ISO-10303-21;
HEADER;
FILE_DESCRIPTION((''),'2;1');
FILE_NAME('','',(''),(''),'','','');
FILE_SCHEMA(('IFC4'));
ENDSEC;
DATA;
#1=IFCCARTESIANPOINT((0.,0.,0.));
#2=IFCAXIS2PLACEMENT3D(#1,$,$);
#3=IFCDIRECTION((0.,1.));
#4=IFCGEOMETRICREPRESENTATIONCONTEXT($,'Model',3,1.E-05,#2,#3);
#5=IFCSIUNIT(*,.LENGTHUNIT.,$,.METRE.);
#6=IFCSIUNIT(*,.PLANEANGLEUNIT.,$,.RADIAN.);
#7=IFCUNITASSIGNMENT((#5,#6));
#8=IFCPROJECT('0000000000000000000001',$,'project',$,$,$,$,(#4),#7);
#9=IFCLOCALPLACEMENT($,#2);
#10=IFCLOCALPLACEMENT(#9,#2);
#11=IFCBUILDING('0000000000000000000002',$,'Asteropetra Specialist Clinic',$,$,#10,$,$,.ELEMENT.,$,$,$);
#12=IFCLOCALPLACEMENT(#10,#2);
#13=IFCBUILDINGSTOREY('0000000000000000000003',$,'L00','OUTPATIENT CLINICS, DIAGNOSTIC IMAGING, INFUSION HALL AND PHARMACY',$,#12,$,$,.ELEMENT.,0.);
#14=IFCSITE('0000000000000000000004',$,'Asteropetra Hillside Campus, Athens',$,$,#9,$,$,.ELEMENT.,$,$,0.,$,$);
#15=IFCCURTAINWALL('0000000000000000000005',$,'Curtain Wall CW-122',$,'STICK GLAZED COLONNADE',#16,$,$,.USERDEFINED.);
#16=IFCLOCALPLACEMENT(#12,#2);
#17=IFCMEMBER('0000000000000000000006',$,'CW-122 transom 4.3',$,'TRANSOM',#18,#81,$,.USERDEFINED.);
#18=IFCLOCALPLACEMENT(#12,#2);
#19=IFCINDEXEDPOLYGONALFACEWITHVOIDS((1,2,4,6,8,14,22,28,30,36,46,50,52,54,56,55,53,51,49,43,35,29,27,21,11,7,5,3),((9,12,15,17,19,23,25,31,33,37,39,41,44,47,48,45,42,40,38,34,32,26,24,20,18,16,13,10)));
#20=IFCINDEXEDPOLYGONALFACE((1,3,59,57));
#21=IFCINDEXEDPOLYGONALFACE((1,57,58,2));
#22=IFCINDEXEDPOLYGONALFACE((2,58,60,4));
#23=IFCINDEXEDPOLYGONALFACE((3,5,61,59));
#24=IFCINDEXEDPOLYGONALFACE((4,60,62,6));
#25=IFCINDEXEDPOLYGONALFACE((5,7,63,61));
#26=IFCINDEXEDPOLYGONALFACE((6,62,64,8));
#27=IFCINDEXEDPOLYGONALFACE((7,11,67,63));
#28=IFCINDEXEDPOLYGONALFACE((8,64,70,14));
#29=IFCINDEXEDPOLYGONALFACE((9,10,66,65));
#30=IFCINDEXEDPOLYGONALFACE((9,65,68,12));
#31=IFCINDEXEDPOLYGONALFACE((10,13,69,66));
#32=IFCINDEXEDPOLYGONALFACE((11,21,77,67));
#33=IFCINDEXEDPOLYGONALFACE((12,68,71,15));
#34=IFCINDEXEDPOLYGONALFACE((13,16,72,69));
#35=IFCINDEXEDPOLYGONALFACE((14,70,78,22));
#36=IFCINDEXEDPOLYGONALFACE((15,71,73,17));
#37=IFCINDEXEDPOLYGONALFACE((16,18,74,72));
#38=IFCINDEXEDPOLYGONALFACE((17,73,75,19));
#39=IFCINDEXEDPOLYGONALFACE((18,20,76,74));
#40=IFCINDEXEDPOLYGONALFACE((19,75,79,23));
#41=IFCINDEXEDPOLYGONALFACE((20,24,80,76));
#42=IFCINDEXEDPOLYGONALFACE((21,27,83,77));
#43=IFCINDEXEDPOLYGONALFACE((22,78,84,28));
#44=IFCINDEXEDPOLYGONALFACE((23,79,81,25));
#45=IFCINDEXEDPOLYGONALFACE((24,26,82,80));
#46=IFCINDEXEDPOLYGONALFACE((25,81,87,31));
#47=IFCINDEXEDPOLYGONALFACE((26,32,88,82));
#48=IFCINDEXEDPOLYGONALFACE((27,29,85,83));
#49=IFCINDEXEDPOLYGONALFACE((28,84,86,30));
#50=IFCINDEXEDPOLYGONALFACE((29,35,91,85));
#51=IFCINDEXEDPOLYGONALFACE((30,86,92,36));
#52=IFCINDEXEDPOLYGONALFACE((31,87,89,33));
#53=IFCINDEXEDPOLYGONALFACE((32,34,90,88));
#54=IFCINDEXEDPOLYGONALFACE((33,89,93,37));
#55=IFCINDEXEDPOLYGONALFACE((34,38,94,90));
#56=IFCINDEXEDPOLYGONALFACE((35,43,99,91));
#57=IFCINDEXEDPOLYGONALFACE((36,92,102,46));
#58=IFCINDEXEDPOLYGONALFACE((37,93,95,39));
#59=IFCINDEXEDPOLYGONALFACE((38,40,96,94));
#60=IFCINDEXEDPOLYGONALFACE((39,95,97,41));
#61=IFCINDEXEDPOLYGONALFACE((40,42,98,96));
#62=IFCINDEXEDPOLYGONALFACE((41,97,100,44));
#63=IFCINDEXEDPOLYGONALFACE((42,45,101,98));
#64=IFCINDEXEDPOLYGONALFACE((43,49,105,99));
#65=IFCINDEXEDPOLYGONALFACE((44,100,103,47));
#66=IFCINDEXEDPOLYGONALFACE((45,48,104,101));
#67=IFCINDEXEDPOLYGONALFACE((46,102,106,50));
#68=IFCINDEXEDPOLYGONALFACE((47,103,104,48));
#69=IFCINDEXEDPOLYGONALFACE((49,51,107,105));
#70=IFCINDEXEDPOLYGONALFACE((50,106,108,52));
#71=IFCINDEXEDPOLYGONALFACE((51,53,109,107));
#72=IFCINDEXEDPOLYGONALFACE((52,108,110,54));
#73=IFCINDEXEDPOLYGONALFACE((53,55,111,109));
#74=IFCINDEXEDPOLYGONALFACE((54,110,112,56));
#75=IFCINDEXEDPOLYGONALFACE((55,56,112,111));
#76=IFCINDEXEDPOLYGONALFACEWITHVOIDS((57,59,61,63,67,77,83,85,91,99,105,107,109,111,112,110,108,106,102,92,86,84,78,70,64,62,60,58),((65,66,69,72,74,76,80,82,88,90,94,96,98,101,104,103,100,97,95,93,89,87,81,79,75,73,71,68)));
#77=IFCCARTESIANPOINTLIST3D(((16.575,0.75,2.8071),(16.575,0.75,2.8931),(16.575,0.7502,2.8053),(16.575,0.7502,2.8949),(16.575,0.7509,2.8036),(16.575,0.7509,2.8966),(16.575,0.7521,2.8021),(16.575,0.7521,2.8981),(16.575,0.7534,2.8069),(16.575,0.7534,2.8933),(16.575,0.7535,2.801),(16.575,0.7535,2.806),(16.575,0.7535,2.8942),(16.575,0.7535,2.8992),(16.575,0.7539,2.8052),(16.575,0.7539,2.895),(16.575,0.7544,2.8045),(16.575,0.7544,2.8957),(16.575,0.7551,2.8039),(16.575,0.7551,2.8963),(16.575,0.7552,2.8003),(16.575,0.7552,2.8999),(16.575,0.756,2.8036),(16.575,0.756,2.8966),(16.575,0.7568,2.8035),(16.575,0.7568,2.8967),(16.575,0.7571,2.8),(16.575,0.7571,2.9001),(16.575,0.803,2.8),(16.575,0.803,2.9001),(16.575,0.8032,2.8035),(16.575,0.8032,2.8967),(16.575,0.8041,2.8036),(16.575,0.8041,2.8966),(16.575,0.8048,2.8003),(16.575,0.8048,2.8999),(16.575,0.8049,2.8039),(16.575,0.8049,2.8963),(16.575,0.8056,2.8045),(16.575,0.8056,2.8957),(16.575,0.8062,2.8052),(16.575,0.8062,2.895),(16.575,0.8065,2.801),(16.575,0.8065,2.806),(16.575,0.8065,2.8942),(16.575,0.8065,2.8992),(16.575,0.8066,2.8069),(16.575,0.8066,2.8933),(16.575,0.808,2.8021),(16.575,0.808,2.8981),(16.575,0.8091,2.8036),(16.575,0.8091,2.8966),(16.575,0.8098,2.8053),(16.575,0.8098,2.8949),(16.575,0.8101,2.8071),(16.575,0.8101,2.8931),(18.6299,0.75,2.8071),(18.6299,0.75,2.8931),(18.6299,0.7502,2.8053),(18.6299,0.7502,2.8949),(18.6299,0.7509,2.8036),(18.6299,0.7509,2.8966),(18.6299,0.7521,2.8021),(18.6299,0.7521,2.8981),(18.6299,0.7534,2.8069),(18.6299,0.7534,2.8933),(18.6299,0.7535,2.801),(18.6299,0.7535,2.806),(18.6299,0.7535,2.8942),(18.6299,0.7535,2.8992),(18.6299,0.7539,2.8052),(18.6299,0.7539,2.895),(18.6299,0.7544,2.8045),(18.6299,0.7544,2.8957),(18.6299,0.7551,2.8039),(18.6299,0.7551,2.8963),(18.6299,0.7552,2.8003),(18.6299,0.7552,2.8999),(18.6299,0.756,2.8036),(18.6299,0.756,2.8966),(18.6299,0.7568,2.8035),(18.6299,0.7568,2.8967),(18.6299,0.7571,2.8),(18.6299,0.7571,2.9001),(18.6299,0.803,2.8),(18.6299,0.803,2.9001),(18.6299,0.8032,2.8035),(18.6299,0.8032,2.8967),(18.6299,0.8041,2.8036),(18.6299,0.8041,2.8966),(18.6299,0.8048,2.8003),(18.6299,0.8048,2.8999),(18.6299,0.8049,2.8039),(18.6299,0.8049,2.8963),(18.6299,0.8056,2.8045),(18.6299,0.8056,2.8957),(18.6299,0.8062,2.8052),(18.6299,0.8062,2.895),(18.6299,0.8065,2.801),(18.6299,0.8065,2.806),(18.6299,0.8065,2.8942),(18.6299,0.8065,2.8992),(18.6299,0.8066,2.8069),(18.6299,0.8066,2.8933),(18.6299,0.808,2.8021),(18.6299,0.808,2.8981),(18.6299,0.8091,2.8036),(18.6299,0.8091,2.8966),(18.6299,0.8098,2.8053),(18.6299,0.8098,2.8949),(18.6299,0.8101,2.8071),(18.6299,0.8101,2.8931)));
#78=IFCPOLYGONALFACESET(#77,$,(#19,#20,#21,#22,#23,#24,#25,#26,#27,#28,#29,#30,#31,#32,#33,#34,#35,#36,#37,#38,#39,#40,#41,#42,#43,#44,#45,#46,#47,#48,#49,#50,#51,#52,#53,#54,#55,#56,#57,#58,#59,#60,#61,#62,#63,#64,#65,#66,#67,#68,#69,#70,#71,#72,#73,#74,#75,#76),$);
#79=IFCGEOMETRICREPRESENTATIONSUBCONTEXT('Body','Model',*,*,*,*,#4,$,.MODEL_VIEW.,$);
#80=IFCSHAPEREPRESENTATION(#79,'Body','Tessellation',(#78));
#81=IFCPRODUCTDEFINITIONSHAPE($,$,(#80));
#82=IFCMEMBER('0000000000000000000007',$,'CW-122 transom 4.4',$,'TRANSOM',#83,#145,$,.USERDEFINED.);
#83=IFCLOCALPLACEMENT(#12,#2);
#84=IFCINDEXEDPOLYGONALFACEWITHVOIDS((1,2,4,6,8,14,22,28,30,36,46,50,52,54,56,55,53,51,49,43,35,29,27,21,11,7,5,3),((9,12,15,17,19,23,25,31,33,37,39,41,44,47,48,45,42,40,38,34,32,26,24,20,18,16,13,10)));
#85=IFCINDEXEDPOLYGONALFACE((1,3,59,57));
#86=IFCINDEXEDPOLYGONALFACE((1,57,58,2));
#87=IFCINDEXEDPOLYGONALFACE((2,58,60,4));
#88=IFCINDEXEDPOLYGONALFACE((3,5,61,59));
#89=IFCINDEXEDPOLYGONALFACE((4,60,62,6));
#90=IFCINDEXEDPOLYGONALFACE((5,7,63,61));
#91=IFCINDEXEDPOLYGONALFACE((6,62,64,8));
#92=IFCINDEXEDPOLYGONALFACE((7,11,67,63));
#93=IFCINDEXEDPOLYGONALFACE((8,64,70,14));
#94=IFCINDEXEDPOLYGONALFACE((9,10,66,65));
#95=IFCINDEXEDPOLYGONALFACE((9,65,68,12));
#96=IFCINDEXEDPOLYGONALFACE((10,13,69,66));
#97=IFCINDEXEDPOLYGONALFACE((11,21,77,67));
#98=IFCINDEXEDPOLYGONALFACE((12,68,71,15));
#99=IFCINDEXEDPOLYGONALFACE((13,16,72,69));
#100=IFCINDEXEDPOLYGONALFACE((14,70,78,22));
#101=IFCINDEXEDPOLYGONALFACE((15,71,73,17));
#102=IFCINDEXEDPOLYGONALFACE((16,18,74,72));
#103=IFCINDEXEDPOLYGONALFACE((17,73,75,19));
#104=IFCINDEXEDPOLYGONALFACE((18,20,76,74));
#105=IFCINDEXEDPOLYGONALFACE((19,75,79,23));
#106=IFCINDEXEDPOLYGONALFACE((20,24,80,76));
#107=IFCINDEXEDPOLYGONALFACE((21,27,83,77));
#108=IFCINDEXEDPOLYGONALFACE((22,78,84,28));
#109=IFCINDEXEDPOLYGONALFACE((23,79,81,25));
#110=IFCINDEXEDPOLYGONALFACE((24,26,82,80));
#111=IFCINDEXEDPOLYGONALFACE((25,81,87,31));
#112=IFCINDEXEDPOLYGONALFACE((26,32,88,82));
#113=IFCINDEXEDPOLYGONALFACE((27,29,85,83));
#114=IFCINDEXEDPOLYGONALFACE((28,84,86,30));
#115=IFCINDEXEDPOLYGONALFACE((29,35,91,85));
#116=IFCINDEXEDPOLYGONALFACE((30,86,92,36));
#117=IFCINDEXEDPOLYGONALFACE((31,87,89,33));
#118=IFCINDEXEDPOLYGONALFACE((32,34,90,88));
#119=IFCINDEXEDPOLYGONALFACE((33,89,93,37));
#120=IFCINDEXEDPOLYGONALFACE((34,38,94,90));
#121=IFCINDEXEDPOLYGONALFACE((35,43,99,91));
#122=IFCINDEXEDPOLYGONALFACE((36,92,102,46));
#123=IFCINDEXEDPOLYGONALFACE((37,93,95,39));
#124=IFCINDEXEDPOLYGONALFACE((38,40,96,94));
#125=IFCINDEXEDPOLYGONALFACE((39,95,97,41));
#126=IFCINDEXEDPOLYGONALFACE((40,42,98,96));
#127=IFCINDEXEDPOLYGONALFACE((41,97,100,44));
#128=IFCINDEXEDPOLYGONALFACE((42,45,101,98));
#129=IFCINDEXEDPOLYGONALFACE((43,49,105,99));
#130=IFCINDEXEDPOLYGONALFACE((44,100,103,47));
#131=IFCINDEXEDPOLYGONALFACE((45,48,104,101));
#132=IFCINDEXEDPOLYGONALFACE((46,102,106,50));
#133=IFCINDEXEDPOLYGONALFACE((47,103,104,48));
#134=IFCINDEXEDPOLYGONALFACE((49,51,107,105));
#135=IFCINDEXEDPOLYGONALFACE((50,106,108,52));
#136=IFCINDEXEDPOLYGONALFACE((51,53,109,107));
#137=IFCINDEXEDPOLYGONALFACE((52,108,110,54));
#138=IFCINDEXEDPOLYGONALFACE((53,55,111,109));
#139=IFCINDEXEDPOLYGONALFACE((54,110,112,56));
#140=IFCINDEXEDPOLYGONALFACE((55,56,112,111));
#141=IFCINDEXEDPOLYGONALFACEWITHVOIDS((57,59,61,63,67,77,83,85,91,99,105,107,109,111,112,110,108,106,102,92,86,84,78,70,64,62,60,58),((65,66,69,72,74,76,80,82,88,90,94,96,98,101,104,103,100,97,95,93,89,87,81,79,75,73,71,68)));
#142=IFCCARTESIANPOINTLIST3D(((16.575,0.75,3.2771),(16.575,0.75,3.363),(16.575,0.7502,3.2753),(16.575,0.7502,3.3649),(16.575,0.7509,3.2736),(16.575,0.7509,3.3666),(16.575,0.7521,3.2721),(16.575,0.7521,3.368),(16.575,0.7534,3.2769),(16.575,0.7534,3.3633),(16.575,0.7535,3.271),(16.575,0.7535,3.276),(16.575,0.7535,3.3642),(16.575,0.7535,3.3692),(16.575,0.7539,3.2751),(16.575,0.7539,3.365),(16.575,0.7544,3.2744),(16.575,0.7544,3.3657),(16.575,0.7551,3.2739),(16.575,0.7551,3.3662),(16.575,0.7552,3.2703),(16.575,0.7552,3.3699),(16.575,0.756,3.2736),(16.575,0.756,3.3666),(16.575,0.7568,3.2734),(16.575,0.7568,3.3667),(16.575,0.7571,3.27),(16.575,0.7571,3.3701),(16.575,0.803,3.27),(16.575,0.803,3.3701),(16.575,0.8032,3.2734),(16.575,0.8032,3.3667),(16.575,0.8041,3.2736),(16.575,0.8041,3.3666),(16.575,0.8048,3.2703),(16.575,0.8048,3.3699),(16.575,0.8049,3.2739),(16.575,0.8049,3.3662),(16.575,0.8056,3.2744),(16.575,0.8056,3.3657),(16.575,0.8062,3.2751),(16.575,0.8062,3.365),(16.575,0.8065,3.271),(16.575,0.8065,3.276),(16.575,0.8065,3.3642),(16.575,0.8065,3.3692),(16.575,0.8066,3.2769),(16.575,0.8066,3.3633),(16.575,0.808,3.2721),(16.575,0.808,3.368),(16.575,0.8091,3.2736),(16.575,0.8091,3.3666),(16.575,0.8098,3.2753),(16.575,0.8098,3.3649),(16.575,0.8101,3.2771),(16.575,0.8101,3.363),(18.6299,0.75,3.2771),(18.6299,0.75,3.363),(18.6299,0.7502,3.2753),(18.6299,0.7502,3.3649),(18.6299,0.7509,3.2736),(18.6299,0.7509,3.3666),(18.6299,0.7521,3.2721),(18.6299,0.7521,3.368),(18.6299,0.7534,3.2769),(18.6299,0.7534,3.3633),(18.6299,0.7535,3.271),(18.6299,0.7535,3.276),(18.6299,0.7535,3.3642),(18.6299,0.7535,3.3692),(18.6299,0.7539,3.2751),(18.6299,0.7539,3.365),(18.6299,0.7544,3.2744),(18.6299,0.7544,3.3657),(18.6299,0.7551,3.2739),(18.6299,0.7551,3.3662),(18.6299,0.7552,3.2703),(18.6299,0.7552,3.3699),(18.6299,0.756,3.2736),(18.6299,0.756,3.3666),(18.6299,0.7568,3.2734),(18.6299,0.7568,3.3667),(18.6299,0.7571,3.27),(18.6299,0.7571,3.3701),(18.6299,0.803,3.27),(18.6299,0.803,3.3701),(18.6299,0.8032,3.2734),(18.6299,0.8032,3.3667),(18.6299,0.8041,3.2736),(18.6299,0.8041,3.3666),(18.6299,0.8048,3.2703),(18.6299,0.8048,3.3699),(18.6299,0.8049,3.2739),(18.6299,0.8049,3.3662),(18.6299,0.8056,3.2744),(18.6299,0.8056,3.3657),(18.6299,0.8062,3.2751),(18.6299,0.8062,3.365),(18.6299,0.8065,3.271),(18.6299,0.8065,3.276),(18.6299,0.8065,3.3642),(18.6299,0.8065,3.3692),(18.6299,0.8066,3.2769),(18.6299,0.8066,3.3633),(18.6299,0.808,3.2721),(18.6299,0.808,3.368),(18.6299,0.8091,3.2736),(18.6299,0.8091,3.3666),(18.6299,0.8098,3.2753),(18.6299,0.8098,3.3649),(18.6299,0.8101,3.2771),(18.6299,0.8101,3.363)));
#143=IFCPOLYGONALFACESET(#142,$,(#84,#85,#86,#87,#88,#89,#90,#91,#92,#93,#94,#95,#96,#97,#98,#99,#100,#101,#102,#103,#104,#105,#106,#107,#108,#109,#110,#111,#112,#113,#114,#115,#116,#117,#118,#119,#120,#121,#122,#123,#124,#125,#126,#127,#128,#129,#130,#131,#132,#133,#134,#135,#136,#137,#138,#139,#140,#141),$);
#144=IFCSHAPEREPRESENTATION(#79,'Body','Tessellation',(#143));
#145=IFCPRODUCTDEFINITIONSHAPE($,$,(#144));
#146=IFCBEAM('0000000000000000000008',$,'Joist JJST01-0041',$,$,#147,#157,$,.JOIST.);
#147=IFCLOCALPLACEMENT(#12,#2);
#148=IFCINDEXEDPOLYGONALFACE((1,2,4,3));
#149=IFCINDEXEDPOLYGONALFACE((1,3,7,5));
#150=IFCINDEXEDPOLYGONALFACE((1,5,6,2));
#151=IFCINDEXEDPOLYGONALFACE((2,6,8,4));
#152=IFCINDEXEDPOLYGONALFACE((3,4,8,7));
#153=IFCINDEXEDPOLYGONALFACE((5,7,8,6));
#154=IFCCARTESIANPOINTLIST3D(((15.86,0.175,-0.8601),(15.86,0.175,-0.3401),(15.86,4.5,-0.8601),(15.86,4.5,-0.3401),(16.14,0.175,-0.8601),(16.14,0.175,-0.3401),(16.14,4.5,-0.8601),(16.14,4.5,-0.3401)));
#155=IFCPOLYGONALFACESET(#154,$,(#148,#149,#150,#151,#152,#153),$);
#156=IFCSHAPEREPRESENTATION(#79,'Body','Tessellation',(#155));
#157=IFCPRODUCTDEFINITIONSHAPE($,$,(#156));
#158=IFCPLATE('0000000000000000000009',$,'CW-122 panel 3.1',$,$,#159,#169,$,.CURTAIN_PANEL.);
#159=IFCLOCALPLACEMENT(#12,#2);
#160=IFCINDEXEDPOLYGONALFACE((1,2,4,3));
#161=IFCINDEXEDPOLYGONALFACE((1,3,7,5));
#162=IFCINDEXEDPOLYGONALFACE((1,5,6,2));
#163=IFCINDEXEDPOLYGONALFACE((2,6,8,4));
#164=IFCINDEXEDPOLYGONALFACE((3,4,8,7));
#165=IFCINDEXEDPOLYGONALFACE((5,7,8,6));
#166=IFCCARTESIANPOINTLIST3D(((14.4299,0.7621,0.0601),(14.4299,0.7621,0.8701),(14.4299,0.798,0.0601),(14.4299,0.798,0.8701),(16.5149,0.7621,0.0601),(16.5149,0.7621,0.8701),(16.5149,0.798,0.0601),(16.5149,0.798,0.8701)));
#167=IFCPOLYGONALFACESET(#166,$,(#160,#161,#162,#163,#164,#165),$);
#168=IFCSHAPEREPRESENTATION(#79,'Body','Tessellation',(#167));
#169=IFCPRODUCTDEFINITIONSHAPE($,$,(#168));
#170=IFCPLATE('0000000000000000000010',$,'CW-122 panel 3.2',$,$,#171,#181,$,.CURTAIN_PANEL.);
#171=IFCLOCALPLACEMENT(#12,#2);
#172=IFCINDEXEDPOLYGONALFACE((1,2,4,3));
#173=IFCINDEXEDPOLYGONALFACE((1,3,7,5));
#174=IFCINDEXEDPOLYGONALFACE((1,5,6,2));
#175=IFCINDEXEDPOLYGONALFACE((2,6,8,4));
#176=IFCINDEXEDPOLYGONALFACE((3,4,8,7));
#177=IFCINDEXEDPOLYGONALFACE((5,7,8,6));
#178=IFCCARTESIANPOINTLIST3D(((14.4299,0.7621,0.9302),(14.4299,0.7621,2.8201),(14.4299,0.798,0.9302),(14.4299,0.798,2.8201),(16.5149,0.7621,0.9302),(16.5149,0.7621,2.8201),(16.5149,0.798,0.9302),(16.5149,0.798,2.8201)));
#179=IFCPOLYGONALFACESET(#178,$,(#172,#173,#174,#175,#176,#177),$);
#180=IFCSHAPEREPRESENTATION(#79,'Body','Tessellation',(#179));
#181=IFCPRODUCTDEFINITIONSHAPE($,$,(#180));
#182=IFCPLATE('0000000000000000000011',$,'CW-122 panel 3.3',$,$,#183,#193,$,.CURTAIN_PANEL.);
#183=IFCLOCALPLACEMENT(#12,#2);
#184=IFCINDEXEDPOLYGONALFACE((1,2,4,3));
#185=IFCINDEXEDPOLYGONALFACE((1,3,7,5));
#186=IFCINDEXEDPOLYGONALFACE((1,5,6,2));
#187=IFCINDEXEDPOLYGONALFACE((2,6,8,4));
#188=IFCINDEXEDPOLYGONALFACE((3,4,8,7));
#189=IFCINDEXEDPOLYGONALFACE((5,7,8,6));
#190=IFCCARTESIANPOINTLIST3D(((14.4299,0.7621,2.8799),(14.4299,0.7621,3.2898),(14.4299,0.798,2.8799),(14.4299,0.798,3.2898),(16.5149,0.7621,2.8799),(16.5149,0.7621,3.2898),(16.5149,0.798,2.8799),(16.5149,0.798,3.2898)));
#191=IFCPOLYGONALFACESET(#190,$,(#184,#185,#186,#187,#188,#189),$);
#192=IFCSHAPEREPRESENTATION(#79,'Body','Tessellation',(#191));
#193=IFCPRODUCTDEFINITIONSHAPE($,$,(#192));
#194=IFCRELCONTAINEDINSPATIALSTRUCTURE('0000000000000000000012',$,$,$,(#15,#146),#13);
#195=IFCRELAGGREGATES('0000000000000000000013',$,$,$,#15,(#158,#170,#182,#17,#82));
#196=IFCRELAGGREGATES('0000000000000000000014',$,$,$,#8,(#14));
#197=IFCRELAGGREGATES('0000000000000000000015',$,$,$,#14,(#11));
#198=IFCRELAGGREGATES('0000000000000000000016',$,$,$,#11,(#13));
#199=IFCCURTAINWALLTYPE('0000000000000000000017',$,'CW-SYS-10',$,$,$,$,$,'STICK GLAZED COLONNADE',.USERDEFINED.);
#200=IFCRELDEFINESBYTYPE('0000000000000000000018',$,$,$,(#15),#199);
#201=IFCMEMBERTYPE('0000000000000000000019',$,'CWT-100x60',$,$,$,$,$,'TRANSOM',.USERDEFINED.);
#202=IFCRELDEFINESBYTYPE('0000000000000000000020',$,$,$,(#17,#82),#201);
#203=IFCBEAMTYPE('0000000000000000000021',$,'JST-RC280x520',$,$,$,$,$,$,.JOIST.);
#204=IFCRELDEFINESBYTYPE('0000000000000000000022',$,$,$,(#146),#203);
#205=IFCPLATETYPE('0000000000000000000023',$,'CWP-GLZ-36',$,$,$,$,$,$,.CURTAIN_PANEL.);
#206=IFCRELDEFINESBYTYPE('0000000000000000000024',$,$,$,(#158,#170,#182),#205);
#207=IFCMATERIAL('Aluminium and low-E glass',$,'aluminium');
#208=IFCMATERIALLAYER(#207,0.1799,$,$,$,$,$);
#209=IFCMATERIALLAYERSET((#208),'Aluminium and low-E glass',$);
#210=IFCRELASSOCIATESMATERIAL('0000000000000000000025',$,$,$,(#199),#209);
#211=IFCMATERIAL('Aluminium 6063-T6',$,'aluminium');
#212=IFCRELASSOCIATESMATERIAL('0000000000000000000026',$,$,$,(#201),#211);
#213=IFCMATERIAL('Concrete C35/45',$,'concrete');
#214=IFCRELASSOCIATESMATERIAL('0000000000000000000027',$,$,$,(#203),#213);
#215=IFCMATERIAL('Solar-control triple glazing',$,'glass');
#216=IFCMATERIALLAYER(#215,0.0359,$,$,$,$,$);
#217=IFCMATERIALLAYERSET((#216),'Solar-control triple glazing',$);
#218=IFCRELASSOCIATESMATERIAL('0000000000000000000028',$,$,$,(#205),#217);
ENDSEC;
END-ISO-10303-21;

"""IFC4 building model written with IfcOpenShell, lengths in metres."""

from ifc_helpers import new_model, si_unit, direction, frame, origin, origin_2d, place, context, subcontext, project, spatial, rectangle, hollow_rectangle, extrude, material, layer, layer_set, material_profile, profile_set, type_object, element, aggregate, save


model = new_model("IFC4")

# Units and contexts
model_context = context("Model", 3, precision=1e-05, world=origin(), true_north=direction((0.0, 1.0)))
body_context = subcontext(model_context, "Body", "Model", "MODEL_VIEW")
ifc_project = project(units=[si_unit("LENGTHUNIT", "METRE"), si_unit("PLANEANGLEUNIT", "RADIAN")], contexts=[model_context])

# Site, building, storey
site_placement = place(None, origin())
site = spatial("IfcSite", under=ifc_project, at=site_placement, Name="Asteropetra Hillside Campus, Athens", CompositionType="ELEMENT", RefElevation=0.0)
building_placement = place(site_placement, origin())
building = spatial("IfcBuilding", under=site, at=building_placement, Name="Asteropetra Specialist Clinic", CompositionType="ELEMENT")
storey_placement = place(building_placement, origin())
storey = spatial("IfcBuildingStorey", under=building, at=storey_placement, Name="L00", Description="OUTPATIENT CLINICS, DIAGNOSTIC IMAGING, INFUSION HALL AND PHARMACY", CompositionType="ELEMENT", Elevation=0.0)

# Curtain wall, members
ifc_material_1 = material(Name="Aluminium and low-E glass", Category="aluminium")
ifc_layer_1 = layer(ifc_material_1, 0.1799)
ifc_layer_set_1 = layer_set([ifc_layer_1], Name="Aluminium and low-E glass")
curtain_wall_type = type_object("IfcCurtainWallType", Name="CW-SYS-10", ElementType="STICK GLAZED COLONNADE", PredefinedType="USERDEFINED", material=ifc_layer_set_1)
curtain_wall_placement = place(storey_placement, origin())
curtain_wall = element("IfcCurtainWall", 1, at=curtain_wall_placement, inside=storey, type_object=curtain_wall_type, Name="Curtain Wall CW-122", ObjectType="STICK GLAZED COLONNADE", PredefinedType="USERDEFINED")
ifc_material_2 = material(Name="Aluminium 6063-T6", Category="aluminium")
ifc_material_profile_1 = material_profile(ifc_material_2, hollow_rectangle(XDim=0.0601, YDim=0.1001, WallThickness=0.0034, InnerFilletRadius=0.0034, OuterFilletRadius=0.0071, at=origin_2d()), Name="TRN 100x60x3.5")
ifc_profile_set_1 = profile_set([ifc_material_profile_1], Name="Aluminium 6063-T6")
member_type_1 = type_object("IfcMemberType", Name="CWT-100x60", ElementType="TRANSOM", PredefinedType="USERDEFINED", material=ifc_profile_set_1)
member_1_placement = place(storey_placement, frame((16.575, 0.78, 2.8501), z_axis=(1.0, 0.0, 0.0), x_axis=(0.0, 1.0, 0.0)))
member_1 = element("IfcMember", 2, at=member_1_placement, type_object=member_type_1, Name="CW-122 transom 4.3", ObjectType="TRANSOM", PredefinedType="USERDEFINED", context=body_context, shape_type="SweptSolid", body=[
    extrude(hollow_rectangle(XDim=0.0601, YDim=0.1001, WallThickness=0.0034, InnerFilletRadius=0.0034, OuterFilletRadius=0.0071, at=origin_2d()), origin(), (0.0, 0.0, 1.0), 2.0549),
])
member_2_placement = place(storey_placement, frame((16.575, 0.78, 3.3201), z_axis=(1.0, 0.0, 0.0), x_axis=(0.0, 1.0, 0.0)))
member_2 = element("IfcMember", 3, at=member_2_placement, type_object=member_type_1, Name="CW-122 transom 4.4", ObjectType="TRANSOM", PredefinedType="USERDEFINED", context=body_context, shape_type="SweptSolid", body=[
    extrude(hollow_rectangle(XDim=0.0601, YDim=0.1001, WallThickness=0.0034, InnerFilletRadius=0.0034, OuterFilletRadius=0.0071, at=origin_2d()), origin(), (0.0, 0.0, 1.0), 2.0549),
])

# Beam
ifc_material_3 = material(Name="Concrete C35/45", Category="concrete")
ifc_material_profile_2 = material_profile(ifc_material_3, rectangle(XDim=0.28, YDim=0.52, at=origin_2d()), Name="RCJ 280x520")
ifc_profile_set_2 = profile_set([ifc_material_profile_2], Name="Concrete C35/45")
beam_type = type_object("IfcBeamType", Name="JST-RC280x520", PredefinedType="JOIST", material=ifc_profile_set_2)
beam_placement = place(storey_placement, frame((16.0, 0.175, -0.6001), z_axis=(0.0, 1.0, 0.0), x_axis=(-1.0, 0.0, 0.0)))
element("IfcBeam", 4, at=beam_placement, inside=storey, type_object=beam_type, Name="Joist JJST01-0041", PredefinedType="JOIST", context=body_context, shape_type="SweptSolid", body=[
    extrude(rectangle(XDim=0.28, YDim=0.52, at=origin_2d()), origin(), (0.0, 0.0, 1.0), 4.325),
])

# Plates
ifc_material_4 = material(Name="Solar-control triple glazing", Category="glass")
ifc_layer_2 = layer(ifc_material_4, 0.0359)
ifc_layer_set_2 = layer_set([ifc_layer_2], Name="Solar-control triple glazing")
plate_type = type_object("IfcPlateType", Name="CWP-GLZ-36", PredefinedType="CURTAIN_PANEL", material=ifc_layer_set_2)
plate_1_placement = place(storey_placement, frame((15.4724, 0.78, 0.0601), z_axis=(0.0, 0.0, 1.0), x_axis=(1.0, 0.0, 0.0)))
plate_1 = element("IfcPlate", 5, at=plate_1_placement, type_object=plate_type, Name="CW-122 panel 3.1", PredefinedType="CURTAIN_PANEL", context=body_context, shape_type="SweptSolid", body=[
    extrude(rectangle(XDim=2.085, YDim=0.0359, at=origin_2d()), origin(), (0.0, 0.0, 1.0), 0.8101),
])
plate_2_placement = place(storey_placement, frame((15.4724, 0.78, 0.9302), z_axis=(0.0, 0.0, 1.0), x_axis=(1.0, 0.0, 0.0)))
plate_2 = element("IfcPlate", 6, at=plate_2_placement, type_object=plate_type, Name="CW-122 panel 3.2", PredefinedType="CURTAIN_PANEL", context=body_context, shape_type="SweptSolid", body=[
    extrude(rectangle(XDim=2.085, YDim=0.0359, at=origin_2d()), origin(), (0.0, 0.0, 1.0), 1.8899),
])
plate_3_placement = place(storey_placement, frame((15.4724, 0.78, 2.8799), z_axis=(0.0, 0.0, 1.0), x_axis=(1.0, 0.0, 0.0)))
plate_3 = element("IfcPlate", 7, at=plate_3_placement, type_object=plate_type, Name="CW-122 panel 3.3", PredefinedType="CURTAIN_PANEL", context=body_context, shape_type="SweptSolid", body=[
    extrude(rectangle(XDim=2.085, YDim=0.0359, at=origin_2d()), origin(), (0.0, 0.0, 1.0), 0.4099),
])
aggregate(curtain_wall, [plate_1, plate_2, plate_3, member_1, member_2])

save(model, "model.ifc")
